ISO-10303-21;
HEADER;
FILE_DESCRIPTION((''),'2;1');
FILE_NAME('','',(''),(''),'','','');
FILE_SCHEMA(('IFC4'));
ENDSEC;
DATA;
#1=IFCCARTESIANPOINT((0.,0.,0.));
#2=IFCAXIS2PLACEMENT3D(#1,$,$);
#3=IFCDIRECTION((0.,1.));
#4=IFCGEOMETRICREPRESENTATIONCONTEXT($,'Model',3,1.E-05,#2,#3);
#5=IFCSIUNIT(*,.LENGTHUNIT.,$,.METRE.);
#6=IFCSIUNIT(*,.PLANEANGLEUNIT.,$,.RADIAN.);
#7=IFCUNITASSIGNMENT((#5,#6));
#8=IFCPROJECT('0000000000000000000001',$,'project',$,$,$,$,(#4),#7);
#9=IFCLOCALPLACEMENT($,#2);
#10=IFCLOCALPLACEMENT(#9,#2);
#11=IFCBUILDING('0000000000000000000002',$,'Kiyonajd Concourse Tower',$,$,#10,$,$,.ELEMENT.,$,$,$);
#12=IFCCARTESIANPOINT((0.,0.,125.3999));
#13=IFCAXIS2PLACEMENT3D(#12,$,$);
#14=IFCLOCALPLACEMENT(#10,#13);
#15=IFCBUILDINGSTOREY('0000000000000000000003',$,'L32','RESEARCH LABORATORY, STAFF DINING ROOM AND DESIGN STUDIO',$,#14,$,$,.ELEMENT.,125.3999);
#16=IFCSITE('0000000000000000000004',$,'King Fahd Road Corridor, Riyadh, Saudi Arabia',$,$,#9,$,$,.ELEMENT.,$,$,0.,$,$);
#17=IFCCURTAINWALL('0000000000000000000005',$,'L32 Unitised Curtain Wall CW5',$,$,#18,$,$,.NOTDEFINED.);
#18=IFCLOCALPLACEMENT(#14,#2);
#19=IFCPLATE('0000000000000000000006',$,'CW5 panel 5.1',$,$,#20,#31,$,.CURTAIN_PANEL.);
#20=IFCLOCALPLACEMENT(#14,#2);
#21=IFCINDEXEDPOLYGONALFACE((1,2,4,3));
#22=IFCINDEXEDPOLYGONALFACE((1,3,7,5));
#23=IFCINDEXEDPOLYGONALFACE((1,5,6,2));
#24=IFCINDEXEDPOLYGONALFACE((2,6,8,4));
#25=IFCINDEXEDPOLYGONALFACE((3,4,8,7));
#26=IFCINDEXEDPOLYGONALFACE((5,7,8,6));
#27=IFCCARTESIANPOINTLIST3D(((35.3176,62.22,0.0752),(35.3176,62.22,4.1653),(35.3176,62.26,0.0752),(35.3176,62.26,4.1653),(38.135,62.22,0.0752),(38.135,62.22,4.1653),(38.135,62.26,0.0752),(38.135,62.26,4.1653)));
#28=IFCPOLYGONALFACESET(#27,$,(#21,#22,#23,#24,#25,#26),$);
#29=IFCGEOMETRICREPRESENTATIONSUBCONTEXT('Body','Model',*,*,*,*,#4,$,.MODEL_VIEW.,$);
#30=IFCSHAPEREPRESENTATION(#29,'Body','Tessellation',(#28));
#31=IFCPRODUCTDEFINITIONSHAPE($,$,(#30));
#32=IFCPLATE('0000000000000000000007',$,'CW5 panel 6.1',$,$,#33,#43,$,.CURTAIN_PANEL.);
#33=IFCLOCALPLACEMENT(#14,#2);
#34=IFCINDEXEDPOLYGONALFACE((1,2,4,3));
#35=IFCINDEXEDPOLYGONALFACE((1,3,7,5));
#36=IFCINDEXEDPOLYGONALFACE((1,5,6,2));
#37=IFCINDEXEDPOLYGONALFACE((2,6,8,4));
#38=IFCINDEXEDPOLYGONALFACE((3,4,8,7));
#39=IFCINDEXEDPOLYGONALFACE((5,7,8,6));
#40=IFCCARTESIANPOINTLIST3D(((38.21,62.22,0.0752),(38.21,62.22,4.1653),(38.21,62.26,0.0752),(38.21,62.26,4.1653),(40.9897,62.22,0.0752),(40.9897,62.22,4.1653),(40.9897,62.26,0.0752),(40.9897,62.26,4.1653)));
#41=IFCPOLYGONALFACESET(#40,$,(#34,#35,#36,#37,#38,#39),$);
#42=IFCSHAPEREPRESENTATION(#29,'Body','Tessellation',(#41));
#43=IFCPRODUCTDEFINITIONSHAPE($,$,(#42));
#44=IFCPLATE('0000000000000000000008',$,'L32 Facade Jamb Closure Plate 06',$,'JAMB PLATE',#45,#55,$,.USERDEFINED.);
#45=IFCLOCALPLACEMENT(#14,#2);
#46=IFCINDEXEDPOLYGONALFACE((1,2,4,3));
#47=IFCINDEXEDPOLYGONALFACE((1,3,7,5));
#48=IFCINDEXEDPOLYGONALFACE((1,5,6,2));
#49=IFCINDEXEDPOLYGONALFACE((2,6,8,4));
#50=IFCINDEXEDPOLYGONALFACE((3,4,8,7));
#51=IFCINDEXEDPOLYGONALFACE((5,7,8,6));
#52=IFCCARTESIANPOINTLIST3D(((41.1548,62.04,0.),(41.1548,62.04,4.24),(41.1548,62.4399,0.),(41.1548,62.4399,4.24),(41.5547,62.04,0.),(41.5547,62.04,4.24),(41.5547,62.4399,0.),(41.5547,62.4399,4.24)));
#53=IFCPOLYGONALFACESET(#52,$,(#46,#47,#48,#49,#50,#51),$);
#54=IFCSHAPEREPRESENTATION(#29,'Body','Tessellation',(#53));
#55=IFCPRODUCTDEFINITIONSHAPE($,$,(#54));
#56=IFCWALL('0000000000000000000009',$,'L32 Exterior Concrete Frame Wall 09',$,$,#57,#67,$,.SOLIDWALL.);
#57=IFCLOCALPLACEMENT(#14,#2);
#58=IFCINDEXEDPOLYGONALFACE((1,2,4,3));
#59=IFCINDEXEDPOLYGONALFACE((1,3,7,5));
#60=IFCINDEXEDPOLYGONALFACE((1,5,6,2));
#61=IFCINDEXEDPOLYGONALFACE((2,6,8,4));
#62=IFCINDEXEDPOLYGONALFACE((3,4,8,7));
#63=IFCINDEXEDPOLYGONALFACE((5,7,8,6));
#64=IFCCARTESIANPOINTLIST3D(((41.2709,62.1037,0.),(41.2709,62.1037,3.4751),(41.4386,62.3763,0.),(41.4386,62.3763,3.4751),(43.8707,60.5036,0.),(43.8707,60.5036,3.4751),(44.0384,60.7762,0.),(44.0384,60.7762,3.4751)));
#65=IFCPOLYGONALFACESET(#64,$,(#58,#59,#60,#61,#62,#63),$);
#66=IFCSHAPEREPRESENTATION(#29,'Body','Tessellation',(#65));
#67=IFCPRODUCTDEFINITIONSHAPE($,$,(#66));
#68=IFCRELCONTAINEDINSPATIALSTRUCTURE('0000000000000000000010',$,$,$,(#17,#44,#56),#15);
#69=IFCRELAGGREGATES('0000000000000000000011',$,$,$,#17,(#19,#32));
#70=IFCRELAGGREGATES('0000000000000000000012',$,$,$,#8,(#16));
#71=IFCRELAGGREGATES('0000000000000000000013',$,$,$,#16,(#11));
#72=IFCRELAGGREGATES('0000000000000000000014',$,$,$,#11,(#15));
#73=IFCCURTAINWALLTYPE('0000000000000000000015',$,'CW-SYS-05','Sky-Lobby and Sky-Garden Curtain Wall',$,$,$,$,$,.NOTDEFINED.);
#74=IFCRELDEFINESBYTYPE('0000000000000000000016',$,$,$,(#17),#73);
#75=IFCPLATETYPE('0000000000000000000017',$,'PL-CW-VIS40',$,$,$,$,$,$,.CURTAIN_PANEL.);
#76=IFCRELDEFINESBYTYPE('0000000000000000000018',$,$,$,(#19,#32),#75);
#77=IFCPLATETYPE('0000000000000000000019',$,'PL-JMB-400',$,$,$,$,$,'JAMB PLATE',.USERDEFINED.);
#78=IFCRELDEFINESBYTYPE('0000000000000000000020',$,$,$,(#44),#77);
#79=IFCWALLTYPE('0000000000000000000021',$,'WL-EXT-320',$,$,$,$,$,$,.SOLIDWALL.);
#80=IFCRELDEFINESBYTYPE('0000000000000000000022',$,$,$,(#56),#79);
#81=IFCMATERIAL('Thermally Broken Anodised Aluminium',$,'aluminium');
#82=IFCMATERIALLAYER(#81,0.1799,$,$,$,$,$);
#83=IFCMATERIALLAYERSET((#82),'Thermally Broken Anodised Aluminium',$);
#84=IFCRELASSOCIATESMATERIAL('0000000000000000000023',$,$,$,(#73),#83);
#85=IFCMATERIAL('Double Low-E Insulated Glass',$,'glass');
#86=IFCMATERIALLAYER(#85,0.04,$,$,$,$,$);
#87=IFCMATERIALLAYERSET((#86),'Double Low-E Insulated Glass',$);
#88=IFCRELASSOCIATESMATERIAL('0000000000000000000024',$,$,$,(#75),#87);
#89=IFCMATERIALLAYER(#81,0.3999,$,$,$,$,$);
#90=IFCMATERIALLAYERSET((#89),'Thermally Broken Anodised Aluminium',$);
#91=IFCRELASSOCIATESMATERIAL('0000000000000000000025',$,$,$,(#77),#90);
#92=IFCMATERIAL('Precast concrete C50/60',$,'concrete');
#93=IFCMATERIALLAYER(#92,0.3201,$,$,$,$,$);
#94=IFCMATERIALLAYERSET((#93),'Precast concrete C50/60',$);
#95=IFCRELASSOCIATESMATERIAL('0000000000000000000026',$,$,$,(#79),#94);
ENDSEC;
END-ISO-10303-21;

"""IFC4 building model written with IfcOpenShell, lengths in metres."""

from ifc_helpers import new_model, si_unit, direction, frame, frame_2d, origin, origin_2d, place, context, subcontext, project, spatial, rectangle, extrude, material, layer, layer_set, type_object, element, aggregate, save


model = new_model("IFC4")

# Units and contexts
model_context = context("Model", 3, precision=1e-05, world=origin(), true_north=direction((0.0, 1.0)))
body_context = subcontext(model_context, "Body", "Model", "MODEL_VIEW")
ifc_project = project(units=[si_unit("LENGTHUNIT", "METRE"), si_unit("PLANEANGLEUNIT", "RADIAN")], contexts=[model_context])

# Site, building, storey
site_placement = place(None, origin())
site = spatial("IfcSite", under=ifc_project, at=site_placement, Name="King Fahd Road Corridor, Riyadh, Saudi Arabia", CompositionType="ELEMENT", RefElevation=0.0)
building_placement = place(site_placement, origin())
building = spatial("IfcBuilding", under=site, at=building_placement, Name="Kiyonajd Concourse Tower", CompositionType="ELEMENT")
storey_placement = place(building_placement, frame((0.0, 0.0, 125.3999)))
storey = spatial("IfcBuildingStorey", under=building, at=storey_placement, Name="L32", Description="RESEARCH LABORATORY, STAFF DINING ROOM AND DESIGN STUDIO", CompositionType="ELEMENT", Elevation=125.3999)

# Shared definitions
ifc_material_1 = material(Name="Precast concrete C50/60", Category="concrete")

# Curtain wall, plates
ifc_material_2 = material(Name="Thermally Broken Anodised Aluminium", Category="aluminium")
ifc_layer_1 = layer(ifc_material_2, 0.1799)
ifc_layer_set_1 = layer_set([ifc_layer_1], Name="Thermally Broken Anodised Aluminium")
curtain_wall_type = type_object("IfcCurtainWallType", Name="CW-SYS-05", Description="Sky-Lobby and Sky-Garden Curtain Wall", PredefinedType="NOTDEFINED", material=ifc_layer_set_1)
curtain_wall_placement = place(storey_placement, origin())
curtain_wall = element("IfcCurtainWall", 1, at=curtain_wall_placement, inside=storey, type_object=curtain_wall_type, Name="L32 Unitised Curtain Wall CW5", PredefinedType="NOTDEFINED")
ifc_material_3 = material(Name="Double Low-E Insulated Glass", Category="glass")
ifc_layer_2 = layer(ifc_material_3, 0.04)
ifc_layer_set_2 = layer_set([ifc_layer_2], Name="Double Low-E Insulated Glass")
plate_type_1 = type_object("IfcPlateType", Name="PL-CW-VIS40", PredefinedType="CURTAIN_PANEL", material=ifc_layer_set_2)
plate_1_placement = place(storey_placement, frame((36.7263, 62.24, 0.0752), z_axis=(0.0, 0.0, 1.0), x_axis=(1.0, 0.0, 0.0)))
plate_1 = element("IfcPlate", 2, at=plate_1_placement, type_object=plate_type_1, Name="CW5 panel 5.1", PredefinedType="CURTAIN_PANEL", context=body_context, shape_type="SweptSolid", body=[
    extrude(rectangle(XDim=2.8174, YDim=0.04, at=origin_2d()), origin(), (0.0, 0.0, 1.0), 4.0901),
])
plate_2_placement = place(storey_placement, frame((39.5999, 62.24, 0.0752), z_axis=(0.0, 0.0, 1.0), x_axis=(1.0, 0.0, 0.0)))
plate_2 = element("IfcPlate", 3, at=plate_2_placement, type_object=plate_type_1, Name="CW5 panel 6.1", PredefinedType="CURTAIN_PANEL", context=body_context, shape_type="SweptSolid", body=[
    extrude(rectangle(XDim=2.7798, YDim=0.04, at=origin_2d()), origin(), (0.0, 0.0, 1.0), 4.0901),
])
aggregate(curtain_wall, [plate_1, plate_2])

# Plate
ifc_layer_3 = layer(ifc_material_2, 0.3999)
ifc_layer_set_3 = layer_set([ifc_layer_3], Name="Thermally Broken Anodised Aluminium")
plate_type_2 = type_object("IfcPlateType", Name="PL-JMB-400", ElementType="JAMB PLATE", PredefinedType="USERDEFINED", material=ifc_layer_set_3)
plate_3_placement = place(storey_placement, frame((41.3547, 62.24, 0.0), z_axis=(0.0, 0.0, 1.0), x_axis=(1.0, 0.0, 0.0)))
element("IfcPlate", 4, at=plate_3_placement, inside=storey, type_object=plate_type_2, Name="L32 Facade Jamb Closure Plate 06", ObjectType="JAMB PLATE", PredefinedType="USERDEFINED", context=body_context, shape_type="SweptSolid", body=[
    extrude(rectangle(XDim=0.3999, YDim=0.3999, at=origin_2d()), origin(), (0.0, 0.0, 1.0), 4.24),
])

# Wall
ifc_layer_4 = layer(ifc_material_1, 0.3201)
ifc_layer_set_4 = layer_set([ifc_layer_4], Name="Precast concrete C50/60")
wall_type = type_object("IfcWallType", Name="WL-EXT-320", PredefinedType="SOLIDWALL", material=ifc_layer_set_4)
wall_placement = place(storey_placement, frame((41.3547, 62.24, 0.0), z_axis=(0.0, 0.0, 1.0), x_axis=(0.851631, -0.524142, 0.0)))
element("IfcWall", 5, at=wall_placement, inside=storey, type_object=wall_type, Name="L32 Exterior Concrete Frame Wall 09", PredefinedType="SOLIDWALL", context=body_context, shape_type="SweptSolid", body=[
    extrude(rectangle(XDim=3.0527, YDim=0.3201, at=frame_2d((1.5264, 0.0))), origin(), (0.0, 0.0, 1.0), 3.4751),
])

save(model, "model.ifc")
